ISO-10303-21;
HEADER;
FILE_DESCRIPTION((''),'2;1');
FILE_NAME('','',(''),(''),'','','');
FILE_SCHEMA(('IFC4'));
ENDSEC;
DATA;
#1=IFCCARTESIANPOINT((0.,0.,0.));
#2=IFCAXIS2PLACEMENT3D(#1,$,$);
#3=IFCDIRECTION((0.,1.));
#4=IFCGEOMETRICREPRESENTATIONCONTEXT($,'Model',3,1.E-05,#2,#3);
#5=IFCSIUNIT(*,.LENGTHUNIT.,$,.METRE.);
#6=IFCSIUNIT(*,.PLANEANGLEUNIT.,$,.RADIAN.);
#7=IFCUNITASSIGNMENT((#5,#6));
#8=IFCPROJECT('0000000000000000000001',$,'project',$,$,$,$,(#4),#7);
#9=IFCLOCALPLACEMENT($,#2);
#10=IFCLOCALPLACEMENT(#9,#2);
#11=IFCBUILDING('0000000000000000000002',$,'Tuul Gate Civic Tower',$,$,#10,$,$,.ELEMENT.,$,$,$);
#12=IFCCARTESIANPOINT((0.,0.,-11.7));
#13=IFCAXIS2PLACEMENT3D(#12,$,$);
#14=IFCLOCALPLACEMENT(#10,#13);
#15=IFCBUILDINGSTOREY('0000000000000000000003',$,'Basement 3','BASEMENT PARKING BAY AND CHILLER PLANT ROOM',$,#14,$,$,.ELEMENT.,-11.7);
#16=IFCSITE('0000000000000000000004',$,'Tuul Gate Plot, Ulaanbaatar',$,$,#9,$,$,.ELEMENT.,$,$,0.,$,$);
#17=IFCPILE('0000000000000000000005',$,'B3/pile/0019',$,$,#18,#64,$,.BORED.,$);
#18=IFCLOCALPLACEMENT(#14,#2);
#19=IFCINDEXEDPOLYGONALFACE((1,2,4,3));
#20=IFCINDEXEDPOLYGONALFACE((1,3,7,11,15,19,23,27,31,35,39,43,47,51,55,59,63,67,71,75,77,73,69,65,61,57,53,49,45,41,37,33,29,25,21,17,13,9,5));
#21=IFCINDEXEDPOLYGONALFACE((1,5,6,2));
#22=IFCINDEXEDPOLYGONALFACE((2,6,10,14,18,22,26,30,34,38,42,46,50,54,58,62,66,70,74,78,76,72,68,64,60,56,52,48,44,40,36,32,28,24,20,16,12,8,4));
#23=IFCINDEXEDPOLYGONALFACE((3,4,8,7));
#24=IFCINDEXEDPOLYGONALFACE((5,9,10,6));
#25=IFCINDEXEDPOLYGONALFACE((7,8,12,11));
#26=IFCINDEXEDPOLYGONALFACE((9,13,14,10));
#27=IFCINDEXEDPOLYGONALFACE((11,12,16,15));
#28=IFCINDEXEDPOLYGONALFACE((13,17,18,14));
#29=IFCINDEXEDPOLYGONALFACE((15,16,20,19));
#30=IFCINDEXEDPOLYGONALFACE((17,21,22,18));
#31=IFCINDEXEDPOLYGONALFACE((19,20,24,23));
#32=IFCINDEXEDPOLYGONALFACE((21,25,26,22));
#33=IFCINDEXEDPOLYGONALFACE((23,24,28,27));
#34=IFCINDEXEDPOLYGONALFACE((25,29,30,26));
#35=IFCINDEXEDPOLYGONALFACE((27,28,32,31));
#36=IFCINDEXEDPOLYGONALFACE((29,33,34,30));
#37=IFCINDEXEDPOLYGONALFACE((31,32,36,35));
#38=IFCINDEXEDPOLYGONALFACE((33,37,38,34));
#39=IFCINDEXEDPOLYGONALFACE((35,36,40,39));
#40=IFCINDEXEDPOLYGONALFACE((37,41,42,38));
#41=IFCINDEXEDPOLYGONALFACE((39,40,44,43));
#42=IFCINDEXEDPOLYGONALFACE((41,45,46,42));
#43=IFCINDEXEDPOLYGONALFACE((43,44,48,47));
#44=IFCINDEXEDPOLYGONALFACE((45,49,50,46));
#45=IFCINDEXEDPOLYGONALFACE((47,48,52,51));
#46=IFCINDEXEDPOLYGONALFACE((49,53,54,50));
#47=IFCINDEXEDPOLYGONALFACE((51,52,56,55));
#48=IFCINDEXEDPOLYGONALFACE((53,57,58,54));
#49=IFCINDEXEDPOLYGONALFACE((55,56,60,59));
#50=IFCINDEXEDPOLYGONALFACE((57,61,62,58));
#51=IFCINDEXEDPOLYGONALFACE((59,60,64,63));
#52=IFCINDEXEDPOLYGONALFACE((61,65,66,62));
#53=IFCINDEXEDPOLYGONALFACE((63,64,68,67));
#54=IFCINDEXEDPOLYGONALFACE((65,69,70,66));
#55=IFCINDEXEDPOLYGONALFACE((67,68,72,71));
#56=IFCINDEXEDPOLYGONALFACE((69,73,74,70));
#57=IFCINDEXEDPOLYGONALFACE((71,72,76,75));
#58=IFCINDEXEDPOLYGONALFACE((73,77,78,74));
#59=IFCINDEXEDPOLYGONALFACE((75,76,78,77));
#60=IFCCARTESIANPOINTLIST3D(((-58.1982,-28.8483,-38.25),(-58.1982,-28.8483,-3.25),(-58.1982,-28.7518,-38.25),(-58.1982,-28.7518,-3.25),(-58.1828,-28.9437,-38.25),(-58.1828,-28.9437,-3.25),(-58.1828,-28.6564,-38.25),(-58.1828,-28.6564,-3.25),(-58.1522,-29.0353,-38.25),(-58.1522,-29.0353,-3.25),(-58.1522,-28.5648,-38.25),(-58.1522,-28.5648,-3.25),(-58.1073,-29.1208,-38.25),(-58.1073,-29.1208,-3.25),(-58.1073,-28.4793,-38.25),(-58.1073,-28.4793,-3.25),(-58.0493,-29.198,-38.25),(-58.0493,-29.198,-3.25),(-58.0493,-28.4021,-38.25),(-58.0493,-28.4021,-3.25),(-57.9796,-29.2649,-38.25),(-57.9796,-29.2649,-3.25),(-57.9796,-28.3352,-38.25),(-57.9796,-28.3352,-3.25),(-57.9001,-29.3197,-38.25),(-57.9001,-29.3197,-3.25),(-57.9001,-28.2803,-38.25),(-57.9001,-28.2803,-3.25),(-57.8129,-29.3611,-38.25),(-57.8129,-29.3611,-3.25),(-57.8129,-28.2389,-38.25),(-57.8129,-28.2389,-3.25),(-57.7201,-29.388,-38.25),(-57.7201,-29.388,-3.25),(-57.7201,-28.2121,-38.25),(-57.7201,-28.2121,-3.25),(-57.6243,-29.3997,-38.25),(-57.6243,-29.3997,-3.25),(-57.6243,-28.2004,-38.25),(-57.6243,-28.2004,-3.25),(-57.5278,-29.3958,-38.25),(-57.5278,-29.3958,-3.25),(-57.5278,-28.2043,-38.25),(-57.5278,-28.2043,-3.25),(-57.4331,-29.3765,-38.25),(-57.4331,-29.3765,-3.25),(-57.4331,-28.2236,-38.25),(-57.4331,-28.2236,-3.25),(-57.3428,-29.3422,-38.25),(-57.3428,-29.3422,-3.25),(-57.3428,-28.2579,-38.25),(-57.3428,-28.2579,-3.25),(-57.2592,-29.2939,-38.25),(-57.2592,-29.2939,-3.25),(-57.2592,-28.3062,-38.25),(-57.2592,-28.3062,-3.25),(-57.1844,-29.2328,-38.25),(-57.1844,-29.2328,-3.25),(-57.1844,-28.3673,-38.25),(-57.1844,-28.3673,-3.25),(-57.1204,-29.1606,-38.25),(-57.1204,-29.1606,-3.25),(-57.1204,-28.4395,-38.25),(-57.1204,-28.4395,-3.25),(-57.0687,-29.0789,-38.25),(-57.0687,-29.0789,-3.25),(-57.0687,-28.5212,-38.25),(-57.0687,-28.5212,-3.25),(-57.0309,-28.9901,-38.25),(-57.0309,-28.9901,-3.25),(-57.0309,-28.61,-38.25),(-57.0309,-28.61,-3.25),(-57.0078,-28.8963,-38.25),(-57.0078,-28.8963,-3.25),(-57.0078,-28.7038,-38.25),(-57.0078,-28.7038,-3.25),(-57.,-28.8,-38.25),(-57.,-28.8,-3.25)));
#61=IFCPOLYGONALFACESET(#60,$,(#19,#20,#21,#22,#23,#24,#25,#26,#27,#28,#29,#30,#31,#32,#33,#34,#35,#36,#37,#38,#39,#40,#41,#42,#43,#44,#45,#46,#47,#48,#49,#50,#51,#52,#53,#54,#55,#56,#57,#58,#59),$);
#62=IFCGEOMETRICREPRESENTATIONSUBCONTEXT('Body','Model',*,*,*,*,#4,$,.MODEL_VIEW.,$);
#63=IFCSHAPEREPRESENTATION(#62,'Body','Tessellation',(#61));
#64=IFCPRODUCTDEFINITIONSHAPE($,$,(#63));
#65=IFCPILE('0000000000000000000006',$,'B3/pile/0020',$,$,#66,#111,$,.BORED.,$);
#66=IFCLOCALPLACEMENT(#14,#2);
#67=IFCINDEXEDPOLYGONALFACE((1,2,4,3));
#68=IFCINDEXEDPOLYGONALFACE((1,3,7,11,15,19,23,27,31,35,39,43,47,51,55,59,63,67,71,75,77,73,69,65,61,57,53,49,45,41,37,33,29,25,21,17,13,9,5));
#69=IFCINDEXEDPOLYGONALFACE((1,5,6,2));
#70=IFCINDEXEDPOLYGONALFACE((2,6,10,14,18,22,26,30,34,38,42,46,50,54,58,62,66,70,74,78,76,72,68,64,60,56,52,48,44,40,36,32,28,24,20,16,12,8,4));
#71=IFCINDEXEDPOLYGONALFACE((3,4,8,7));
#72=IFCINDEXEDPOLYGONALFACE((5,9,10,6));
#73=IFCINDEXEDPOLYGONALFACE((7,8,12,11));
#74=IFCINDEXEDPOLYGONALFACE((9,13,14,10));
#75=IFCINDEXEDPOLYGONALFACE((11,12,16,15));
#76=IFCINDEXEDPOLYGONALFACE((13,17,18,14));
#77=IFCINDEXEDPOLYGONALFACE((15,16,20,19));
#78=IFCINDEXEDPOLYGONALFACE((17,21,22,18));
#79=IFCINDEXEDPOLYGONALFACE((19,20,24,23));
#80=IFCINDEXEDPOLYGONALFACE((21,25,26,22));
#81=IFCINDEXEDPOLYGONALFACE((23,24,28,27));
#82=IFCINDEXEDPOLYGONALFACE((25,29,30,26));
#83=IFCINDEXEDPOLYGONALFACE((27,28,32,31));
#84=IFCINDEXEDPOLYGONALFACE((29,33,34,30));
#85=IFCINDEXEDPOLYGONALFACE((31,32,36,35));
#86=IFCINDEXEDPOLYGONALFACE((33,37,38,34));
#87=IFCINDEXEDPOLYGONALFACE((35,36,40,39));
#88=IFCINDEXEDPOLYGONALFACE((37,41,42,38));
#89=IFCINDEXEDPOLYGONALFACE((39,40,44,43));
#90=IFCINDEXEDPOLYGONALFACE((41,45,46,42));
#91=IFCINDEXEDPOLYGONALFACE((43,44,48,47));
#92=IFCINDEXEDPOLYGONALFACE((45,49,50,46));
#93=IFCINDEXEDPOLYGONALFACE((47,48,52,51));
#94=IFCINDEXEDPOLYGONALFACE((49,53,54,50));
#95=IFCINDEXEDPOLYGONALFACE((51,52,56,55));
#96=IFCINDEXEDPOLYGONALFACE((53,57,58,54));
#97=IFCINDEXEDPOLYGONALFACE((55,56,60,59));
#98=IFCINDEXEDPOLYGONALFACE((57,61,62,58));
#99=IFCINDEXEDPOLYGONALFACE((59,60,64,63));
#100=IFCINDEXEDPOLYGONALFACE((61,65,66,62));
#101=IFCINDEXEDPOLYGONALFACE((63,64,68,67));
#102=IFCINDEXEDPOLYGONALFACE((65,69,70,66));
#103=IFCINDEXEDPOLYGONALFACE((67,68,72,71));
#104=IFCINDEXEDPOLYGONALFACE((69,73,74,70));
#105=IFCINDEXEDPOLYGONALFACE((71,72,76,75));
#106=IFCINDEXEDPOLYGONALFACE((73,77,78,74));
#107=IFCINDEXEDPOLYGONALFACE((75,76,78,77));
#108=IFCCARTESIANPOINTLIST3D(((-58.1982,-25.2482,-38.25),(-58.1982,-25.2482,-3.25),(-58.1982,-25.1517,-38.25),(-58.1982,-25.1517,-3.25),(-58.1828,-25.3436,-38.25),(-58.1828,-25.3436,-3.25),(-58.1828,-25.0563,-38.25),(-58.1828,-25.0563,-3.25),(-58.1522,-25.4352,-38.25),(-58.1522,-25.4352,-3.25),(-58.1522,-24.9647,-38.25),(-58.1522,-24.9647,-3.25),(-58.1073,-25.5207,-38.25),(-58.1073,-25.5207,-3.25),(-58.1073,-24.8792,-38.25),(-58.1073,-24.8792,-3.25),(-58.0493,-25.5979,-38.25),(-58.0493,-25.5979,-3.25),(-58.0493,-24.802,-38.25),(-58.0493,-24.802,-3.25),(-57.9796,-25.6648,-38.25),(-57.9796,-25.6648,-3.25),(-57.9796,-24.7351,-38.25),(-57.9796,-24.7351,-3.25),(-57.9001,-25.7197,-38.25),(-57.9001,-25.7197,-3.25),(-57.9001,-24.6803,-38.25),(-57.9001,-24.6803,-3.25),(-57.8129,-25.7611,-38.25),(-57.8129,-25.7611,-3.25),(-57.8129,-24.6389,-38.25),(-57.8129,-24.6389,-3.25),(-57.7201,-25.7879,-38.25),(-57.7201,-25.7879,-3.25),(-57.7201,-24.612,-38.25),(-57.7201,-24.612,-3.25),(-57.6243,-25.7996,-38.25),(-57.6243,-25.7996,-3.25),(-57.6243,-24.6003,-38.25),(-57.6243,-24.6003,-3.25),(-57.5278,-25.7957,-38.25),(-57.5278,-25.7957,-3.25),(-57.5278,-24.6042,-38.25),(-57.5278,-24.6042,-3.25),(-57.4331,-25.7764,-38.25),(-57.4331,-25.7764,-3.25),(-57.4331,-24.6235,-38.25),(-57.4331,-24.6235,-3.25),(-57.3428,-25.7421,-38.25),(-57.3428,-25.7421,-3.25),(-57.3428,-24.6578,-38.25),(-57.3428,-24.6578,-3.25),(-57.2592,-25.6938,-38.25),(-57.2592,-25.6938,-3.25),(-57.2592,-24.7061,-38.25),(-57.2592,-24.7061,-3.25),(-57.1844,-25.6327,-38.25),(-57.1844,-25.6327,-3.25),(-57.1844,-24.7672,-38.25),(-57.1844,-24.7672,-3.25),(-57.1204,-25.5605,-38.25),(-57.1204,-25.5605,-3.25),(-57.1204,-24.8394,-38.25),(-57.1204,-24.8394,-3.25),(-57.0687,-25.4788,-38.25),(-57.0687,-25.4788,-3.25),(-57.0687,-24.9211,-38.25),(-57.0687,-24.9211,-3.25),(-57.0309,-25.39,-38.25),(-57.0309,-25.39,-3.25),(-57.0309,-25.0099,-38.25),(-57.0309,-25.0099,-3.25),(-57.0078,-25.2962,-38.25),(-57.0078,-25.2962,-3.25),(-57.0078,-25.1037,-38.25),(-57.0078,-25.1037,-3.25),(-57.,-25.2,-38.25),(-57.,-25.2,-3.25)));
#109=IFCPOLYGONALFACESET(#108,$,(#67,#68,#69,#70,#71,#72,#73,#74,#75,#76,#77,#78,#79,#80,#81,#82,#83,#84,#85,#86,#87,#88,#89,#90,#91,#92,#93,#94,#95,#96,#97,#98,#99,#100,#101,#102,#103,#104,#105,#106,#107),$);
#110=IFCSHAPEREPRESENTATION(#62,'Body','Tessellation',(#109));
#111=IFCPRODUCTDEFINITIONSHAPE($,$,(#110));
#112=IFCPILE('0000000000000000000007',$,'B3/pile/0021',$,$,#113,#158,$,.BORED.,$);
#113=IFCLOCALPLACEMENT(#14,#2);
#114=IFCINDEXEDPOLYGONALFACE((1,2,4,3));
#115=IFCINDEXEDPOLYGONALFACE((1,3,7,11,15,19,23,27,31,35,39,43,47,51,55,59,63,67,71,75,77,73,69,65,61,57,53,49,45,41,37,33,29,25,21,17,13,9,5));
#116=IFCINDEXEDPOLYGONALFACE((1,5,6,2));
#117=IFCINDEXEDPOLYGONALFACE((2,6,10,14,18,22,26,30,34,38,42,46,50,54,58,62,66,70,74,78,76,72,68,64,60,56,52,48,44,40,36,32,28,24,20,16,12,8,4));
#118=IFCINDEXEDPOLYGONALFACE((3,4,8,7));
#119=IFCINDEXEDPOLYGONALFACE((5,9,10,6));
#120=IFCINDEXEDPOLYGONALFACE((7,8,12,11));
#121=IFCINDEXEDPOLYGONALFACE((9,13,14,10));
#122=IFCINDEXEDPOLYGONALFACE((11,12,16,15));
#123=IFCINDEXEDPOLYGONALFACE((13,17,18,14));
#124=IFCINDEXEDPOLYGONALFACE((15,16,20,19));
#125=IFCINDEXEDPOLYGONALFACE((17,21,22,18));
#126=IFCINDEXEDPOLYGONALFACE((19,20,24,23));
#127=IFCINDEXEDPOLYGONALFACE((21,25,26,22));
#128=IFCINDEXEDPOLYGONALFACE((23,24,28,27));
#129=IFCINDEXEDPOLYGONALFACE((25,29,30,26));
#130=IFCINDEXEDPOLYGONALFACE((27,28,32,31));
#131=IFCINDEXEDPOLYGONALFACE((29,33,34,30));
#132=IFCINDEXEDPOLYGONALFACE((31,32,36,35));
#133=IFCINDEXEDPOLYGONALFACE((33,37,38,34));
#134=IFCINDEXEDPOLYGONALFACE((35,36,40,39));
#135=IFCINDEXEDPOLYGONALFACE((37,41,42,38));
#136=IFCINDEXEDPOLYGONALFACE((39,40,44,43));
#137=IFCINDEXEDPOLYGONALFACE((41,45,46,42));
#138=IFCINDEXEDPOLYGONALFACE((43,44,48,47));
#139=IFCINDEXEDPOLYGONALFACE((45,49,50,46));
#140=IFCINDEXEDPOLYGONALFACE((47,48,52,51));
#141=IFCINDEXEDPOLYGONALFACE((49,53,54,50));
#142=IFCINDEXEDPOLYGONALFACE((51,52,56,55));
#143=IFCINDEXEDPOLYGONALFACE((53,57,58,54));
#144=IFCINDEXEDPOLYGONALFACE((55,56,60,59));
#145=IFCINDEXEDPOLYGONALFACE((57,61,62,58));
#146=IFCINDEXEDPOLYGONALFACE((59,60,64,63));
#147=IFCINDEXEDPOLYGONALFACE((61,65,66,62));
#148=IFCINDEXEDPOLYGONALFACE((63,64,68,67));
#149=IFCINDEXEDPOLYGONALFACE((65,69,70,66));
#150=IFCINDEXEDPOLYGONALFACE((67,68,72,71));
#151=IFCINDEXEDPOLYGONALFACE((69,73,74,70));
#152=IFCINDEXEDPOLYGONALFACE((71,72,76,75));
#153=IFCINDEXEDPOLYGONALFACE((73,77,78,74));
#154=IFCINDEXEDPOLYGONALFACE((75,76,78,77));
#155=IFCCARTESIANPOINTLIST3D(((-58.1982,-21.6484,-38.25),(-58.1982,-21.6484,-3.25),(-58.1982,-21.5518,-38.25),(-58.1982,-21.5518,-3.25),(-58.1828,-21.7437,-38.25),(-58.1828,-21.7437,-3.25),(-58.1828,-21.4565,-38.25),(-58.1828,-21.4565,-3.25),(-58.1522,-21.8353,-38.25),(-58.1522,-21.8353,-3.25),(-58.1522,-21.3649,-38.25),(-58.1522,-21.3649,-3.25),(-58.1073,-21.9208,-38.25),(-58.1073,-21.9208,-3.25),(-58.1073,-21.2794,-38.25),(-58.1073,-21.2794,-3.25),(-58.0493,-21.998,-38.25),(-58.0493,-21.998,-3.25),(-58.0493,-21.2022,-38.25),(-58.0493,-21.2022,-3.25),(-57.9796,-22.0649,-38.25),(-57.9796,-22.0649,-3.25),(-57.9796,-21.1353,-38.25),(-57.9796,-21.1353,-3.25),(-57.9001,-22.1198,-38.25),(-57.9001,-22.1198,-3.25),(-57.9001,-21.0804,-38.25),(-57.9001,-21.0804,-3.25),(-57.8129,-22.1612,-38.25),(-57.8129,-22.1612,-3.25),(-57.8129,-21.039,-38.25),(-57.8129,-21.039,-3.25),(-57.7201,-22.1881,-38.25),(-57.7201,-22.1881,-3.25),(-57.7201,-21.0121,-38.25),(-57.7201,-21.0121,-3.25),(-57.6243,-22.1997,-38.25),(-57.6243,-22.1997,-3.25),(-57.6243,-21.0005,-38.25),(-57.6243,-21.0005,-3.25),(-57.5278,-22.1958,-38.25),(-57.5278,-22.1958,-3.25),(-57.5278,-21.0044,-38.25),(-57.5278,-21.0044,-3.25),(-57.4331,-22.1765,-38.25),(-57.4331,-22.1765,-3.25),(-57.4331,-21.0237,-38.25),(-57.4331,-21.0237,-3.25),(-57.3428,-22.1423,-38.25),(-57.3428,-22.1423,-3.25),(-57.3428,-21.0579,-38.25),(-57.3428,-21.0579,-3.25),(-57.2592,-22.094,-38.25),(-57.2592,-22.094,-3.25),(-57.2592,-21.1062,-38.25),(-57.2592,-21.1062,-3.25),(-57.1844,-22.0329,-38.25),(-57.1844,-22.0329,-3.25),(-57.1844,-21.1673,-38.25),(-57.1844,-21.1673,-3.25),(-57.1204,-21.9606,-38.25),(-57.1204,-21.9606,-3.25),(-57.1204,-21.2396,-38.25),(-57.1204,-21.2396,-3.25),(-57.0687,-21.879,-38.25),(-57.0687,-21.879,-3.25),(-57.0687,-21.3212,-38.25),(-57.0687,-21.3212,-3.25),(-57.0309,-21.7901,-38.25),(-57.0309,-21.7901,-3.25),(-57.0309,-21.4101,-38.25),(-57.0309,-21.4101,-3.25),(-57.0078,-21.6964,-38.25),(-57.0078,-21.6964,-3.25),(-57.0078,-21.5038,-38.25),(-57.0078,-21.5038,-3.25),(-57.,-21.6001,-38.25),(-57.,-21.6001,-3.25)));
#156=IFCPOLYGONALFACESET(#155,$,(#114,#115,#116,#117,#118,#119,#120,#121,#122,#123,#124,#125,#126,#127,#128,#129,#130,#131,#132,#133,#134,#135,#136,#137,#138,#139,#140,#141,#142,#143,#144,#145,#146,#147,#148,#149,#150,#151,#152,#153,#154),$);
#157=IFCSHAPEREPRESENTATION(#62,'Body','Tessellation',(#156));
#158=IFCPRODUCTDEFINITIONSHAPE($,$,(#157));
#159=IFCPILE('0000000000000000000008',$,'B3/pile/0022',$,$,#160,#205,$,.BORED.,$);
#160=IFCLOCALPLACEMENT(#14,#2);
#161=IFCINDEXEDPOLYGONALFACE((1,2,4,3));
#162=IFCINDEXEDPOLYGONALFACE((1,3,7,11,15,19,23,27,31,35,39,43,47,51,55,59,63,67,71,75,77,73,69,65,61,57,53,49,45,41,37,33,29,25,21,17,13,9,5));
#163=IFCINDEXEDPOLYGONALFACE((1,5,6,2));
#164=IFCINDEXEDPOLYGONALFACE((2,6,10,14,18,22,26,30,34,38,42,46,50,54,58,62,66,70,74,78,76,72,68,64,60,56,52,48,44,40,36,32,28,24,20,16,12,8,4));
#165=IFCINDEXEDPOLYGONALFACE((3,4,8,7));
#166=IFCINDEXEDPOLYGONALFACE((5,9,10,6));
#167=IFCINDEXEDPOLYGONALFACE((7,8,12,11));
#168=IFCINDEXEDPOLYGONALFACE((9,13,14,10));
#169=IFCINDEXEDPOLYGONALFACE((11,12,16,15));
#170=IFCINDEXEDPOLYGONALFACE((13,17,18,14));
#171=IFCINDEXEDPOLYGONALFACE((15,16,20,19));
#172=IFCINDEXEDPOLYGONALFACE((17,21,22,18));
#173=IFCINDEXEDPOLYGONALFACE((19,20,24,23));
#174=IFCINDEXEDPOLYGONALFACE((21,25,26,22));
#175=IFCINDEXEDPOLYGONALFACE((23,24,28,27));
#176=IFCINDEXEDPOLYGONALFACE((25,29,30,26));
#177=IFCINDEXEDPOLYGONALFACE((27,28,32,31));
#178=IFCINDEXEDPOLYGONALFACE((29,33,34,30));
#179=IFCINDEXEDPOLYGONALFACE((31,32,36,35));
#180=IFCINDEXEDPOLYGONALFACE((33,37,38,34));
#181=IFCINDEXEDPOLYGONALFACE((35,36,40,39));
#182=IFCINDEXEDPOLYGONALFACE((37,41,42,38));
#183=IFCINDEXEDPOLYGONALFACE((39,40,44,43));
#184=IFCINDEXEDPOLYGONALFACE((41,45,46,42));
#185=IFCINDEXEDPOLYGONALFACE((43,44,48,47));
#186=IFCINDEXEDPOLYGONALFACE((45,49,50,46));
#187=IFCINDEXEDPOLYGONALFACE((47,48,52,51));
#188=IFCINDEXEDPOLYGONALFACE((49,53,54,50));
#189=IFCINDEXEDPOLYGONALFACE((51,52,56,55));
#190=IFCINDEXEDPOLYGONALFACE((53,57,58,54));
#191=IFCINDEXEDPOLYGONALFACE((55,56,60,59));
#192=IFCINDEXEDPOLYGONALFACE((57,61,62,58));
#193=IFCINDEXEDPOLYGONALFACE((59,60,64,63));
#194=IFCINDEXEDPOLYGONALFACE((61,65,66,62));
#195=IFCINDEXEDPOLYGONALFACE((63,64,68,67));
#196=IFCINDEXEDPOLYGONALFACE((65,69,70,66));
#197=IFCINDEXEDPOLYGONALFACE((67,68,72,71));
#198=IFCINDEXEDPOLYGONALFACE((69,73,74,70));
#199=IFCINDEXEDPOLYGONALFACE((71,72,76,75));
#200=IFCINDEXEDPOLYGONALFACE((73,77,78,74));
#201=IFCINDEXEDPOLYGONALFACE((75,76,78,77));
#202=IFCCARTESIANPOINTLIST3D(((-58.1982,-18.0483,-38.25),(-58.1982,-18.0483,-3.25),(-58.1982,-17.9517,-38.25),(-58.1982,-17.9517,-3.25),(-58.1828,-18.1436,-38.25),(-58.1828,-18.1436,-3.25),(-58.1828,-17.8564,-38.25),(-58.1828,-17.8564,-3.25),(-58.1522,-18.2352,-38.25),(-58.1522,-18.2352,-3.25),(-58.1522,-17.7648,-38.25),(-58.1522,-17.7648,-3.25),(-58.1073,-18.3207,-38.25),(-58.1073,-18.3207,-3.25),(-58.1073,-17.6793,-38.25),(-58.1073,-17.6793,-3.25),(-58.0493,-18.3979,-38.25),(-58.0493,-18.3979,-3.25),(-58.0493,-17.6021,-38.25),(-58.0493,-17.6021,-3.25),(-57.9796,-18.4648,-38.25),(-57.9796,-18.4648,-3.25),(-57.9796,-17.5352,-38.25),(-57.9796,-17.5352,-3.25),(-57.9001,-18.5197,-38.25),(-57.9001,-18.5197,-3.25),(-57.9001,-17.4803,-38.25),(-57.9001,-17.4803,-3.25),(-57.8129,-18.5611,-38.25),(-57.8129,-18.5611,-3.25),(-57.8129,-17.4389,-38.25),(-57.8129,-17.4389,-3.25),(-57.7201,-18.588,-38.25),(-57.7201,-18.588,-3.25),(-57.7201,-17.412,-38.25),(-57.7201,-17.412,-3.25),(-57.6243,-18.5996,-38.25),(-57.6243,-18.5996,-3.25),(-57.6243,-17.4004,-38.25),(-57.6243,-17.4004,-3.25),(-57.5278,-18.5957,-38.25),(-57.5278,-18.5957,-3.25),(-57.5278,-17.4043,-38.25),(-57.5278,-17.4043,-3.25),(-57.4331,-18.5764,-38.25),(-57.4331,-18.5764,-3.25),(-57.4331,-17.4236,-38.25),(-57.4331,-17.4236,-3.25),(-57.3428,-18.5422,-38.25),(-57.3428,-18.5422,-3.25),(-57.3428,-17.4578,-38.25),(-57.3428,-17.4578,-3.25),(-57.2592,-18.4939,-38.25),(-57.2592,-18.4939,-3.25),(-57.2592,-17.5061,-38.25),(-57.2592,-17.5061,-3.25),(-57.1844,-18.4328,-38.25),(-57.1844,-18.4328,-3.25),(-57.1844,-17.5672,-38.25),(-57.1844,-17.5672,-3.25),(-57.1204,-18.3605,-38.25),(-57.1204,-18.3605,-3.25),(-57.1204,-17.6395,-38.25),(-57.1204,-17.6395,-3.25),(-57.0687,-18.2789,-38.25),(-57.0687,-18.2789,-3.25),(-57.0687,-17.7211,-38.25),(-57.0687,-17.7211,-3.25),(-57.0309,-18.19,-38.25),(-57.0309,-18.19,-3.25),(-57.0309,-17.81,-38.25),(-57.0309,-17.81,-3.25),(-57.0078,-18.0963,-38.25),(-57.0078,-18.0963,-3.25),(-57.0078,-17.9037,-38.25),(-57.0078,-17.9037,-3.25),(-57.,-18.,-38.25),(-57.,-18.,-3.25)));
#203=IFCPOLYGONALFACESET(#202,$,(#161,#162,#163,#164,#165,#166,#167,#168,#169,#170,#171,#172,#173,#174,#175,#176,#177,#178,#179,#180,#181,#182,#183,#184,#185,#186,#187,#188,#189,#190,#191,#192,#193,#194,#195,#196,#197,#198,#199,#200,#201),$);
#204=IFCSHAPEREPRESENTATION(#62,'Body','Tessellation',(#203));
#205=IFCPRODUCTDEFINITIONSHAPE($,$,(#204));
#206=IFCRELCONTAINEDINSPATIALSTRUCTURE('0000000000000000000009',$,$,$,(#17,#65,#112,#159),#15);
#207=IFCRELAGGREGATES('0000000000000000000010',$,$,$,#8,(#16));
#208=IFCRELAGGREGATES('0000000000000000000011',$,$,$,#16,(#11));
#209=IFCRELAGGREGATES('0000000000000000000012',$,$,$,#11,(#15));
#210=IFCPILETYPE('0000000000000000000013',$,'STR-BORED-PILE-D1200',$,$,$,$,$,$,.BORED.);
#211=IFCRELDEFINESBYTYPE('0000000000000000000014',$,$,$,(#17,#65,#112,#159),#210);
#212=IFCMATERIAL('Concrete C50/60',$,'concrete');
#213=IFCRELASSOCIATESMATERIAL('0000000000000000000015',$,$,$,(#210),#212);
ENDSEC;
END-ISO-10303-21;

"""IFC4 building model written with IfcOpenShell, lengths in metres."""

from ifc_helpers import new_model, si_unit, direction, frame, origin, origin_2d, place, context, subcontext, project, spatial, circle, extrude, material, material_profile, profile_set, type_object, element, save


model = new_model("IFC4")

# Units and contexts
model_context = context("Model", 3, precision=1e-05, world=origin(), true_north=direction((0.0, 1.0)))
body_context = subcontext(model_context, "Body", "Model", "MODEL_VIEW")
ifc_project = project(units=[si_unit("LENGTHUNIT", "METRE"), si_unit("PLANEANGLEUNIT", "RADIAN")], contexts=[model_context])

# Site, building, storey
site_placement = place(None, origin())
site = spatial("IfcSite", under=ifc_project, at=site_placement, Name="Tuul Gate Plot, Ulaanbaatar", CompositionType="ELEMENT", RefElevation=0.0)
building_placement = place(site_placement, origin())
building = spatial("IfcBuilding", under=site, at=building_placement, Name="Tuul Gate Civic Tower", CompositionType="ELEMENT")
storey_placement = place(building_placement, frame((0.0, 0.0, -11.7)))
storey = spatial("IfcBuildingStorey", under=building, at=storey_placement, Name="Basement 3", Description="BASEMENT PARKING BAY AND CHILLER PLANT ROOM", CompositionType="ELEMENT", Elevation=-11.7)

# Piles
ifc_material_1 = material(Name="Concrete C50/60", Category="concrete")
ifc_material_profile_1 = material_profile(ifc_material_1, circle(Radius=0.6001, at=origin_2d()), Name="PILE1200")
ifc_profile_set_1 = profile_set([ifc_material_profile_1], Name="Concrete C50/60")
pile_type = type_object("IfcPileType", Name="STR-BORED-PILE-D1200", PredefinedType="BORED", material=ifc_profile_set_1)
for number, where, z_axis, x_axis, name in (
    (1, (-57.6001, -28.8, -3.25), (0.0, 0.0, -1.0), (1.0, 0.0, 0.0), "B3/pile/0019"),
    (2, (-57.6001, -25.2, -3.25), (0.0, 0.0, -1.0), (1.0, 0.0, 0.0), "B3/pile/0020"),
    (3, (-57.6001, -21.6001, -3.25), (0.0, 0.0, -1.0), (1.0, 0.0, 0.0), "B3/pile/0021"),
    (4, (-57.6001, -18.0, -3.25), (0.0, 0.0, -1.0), (1.0, 0.0, 0.0), "B3/pile/0022"),
):
    element("IfcPile", number, at=place(storey_placement, frame(where, z_axis=z_axis, x_axis=x_axis)), inside=storey, type_object=pile_type, Name=name, PredefinedType="BORED", context=body_context, shape_type="SweptSolid", body=[
        extrude(circle(Radius=0.6001, at=origin_2d()), origin(), (0.0, 0.0, 1.0), 35.0),
    ])

save(model, "model.ifc")
